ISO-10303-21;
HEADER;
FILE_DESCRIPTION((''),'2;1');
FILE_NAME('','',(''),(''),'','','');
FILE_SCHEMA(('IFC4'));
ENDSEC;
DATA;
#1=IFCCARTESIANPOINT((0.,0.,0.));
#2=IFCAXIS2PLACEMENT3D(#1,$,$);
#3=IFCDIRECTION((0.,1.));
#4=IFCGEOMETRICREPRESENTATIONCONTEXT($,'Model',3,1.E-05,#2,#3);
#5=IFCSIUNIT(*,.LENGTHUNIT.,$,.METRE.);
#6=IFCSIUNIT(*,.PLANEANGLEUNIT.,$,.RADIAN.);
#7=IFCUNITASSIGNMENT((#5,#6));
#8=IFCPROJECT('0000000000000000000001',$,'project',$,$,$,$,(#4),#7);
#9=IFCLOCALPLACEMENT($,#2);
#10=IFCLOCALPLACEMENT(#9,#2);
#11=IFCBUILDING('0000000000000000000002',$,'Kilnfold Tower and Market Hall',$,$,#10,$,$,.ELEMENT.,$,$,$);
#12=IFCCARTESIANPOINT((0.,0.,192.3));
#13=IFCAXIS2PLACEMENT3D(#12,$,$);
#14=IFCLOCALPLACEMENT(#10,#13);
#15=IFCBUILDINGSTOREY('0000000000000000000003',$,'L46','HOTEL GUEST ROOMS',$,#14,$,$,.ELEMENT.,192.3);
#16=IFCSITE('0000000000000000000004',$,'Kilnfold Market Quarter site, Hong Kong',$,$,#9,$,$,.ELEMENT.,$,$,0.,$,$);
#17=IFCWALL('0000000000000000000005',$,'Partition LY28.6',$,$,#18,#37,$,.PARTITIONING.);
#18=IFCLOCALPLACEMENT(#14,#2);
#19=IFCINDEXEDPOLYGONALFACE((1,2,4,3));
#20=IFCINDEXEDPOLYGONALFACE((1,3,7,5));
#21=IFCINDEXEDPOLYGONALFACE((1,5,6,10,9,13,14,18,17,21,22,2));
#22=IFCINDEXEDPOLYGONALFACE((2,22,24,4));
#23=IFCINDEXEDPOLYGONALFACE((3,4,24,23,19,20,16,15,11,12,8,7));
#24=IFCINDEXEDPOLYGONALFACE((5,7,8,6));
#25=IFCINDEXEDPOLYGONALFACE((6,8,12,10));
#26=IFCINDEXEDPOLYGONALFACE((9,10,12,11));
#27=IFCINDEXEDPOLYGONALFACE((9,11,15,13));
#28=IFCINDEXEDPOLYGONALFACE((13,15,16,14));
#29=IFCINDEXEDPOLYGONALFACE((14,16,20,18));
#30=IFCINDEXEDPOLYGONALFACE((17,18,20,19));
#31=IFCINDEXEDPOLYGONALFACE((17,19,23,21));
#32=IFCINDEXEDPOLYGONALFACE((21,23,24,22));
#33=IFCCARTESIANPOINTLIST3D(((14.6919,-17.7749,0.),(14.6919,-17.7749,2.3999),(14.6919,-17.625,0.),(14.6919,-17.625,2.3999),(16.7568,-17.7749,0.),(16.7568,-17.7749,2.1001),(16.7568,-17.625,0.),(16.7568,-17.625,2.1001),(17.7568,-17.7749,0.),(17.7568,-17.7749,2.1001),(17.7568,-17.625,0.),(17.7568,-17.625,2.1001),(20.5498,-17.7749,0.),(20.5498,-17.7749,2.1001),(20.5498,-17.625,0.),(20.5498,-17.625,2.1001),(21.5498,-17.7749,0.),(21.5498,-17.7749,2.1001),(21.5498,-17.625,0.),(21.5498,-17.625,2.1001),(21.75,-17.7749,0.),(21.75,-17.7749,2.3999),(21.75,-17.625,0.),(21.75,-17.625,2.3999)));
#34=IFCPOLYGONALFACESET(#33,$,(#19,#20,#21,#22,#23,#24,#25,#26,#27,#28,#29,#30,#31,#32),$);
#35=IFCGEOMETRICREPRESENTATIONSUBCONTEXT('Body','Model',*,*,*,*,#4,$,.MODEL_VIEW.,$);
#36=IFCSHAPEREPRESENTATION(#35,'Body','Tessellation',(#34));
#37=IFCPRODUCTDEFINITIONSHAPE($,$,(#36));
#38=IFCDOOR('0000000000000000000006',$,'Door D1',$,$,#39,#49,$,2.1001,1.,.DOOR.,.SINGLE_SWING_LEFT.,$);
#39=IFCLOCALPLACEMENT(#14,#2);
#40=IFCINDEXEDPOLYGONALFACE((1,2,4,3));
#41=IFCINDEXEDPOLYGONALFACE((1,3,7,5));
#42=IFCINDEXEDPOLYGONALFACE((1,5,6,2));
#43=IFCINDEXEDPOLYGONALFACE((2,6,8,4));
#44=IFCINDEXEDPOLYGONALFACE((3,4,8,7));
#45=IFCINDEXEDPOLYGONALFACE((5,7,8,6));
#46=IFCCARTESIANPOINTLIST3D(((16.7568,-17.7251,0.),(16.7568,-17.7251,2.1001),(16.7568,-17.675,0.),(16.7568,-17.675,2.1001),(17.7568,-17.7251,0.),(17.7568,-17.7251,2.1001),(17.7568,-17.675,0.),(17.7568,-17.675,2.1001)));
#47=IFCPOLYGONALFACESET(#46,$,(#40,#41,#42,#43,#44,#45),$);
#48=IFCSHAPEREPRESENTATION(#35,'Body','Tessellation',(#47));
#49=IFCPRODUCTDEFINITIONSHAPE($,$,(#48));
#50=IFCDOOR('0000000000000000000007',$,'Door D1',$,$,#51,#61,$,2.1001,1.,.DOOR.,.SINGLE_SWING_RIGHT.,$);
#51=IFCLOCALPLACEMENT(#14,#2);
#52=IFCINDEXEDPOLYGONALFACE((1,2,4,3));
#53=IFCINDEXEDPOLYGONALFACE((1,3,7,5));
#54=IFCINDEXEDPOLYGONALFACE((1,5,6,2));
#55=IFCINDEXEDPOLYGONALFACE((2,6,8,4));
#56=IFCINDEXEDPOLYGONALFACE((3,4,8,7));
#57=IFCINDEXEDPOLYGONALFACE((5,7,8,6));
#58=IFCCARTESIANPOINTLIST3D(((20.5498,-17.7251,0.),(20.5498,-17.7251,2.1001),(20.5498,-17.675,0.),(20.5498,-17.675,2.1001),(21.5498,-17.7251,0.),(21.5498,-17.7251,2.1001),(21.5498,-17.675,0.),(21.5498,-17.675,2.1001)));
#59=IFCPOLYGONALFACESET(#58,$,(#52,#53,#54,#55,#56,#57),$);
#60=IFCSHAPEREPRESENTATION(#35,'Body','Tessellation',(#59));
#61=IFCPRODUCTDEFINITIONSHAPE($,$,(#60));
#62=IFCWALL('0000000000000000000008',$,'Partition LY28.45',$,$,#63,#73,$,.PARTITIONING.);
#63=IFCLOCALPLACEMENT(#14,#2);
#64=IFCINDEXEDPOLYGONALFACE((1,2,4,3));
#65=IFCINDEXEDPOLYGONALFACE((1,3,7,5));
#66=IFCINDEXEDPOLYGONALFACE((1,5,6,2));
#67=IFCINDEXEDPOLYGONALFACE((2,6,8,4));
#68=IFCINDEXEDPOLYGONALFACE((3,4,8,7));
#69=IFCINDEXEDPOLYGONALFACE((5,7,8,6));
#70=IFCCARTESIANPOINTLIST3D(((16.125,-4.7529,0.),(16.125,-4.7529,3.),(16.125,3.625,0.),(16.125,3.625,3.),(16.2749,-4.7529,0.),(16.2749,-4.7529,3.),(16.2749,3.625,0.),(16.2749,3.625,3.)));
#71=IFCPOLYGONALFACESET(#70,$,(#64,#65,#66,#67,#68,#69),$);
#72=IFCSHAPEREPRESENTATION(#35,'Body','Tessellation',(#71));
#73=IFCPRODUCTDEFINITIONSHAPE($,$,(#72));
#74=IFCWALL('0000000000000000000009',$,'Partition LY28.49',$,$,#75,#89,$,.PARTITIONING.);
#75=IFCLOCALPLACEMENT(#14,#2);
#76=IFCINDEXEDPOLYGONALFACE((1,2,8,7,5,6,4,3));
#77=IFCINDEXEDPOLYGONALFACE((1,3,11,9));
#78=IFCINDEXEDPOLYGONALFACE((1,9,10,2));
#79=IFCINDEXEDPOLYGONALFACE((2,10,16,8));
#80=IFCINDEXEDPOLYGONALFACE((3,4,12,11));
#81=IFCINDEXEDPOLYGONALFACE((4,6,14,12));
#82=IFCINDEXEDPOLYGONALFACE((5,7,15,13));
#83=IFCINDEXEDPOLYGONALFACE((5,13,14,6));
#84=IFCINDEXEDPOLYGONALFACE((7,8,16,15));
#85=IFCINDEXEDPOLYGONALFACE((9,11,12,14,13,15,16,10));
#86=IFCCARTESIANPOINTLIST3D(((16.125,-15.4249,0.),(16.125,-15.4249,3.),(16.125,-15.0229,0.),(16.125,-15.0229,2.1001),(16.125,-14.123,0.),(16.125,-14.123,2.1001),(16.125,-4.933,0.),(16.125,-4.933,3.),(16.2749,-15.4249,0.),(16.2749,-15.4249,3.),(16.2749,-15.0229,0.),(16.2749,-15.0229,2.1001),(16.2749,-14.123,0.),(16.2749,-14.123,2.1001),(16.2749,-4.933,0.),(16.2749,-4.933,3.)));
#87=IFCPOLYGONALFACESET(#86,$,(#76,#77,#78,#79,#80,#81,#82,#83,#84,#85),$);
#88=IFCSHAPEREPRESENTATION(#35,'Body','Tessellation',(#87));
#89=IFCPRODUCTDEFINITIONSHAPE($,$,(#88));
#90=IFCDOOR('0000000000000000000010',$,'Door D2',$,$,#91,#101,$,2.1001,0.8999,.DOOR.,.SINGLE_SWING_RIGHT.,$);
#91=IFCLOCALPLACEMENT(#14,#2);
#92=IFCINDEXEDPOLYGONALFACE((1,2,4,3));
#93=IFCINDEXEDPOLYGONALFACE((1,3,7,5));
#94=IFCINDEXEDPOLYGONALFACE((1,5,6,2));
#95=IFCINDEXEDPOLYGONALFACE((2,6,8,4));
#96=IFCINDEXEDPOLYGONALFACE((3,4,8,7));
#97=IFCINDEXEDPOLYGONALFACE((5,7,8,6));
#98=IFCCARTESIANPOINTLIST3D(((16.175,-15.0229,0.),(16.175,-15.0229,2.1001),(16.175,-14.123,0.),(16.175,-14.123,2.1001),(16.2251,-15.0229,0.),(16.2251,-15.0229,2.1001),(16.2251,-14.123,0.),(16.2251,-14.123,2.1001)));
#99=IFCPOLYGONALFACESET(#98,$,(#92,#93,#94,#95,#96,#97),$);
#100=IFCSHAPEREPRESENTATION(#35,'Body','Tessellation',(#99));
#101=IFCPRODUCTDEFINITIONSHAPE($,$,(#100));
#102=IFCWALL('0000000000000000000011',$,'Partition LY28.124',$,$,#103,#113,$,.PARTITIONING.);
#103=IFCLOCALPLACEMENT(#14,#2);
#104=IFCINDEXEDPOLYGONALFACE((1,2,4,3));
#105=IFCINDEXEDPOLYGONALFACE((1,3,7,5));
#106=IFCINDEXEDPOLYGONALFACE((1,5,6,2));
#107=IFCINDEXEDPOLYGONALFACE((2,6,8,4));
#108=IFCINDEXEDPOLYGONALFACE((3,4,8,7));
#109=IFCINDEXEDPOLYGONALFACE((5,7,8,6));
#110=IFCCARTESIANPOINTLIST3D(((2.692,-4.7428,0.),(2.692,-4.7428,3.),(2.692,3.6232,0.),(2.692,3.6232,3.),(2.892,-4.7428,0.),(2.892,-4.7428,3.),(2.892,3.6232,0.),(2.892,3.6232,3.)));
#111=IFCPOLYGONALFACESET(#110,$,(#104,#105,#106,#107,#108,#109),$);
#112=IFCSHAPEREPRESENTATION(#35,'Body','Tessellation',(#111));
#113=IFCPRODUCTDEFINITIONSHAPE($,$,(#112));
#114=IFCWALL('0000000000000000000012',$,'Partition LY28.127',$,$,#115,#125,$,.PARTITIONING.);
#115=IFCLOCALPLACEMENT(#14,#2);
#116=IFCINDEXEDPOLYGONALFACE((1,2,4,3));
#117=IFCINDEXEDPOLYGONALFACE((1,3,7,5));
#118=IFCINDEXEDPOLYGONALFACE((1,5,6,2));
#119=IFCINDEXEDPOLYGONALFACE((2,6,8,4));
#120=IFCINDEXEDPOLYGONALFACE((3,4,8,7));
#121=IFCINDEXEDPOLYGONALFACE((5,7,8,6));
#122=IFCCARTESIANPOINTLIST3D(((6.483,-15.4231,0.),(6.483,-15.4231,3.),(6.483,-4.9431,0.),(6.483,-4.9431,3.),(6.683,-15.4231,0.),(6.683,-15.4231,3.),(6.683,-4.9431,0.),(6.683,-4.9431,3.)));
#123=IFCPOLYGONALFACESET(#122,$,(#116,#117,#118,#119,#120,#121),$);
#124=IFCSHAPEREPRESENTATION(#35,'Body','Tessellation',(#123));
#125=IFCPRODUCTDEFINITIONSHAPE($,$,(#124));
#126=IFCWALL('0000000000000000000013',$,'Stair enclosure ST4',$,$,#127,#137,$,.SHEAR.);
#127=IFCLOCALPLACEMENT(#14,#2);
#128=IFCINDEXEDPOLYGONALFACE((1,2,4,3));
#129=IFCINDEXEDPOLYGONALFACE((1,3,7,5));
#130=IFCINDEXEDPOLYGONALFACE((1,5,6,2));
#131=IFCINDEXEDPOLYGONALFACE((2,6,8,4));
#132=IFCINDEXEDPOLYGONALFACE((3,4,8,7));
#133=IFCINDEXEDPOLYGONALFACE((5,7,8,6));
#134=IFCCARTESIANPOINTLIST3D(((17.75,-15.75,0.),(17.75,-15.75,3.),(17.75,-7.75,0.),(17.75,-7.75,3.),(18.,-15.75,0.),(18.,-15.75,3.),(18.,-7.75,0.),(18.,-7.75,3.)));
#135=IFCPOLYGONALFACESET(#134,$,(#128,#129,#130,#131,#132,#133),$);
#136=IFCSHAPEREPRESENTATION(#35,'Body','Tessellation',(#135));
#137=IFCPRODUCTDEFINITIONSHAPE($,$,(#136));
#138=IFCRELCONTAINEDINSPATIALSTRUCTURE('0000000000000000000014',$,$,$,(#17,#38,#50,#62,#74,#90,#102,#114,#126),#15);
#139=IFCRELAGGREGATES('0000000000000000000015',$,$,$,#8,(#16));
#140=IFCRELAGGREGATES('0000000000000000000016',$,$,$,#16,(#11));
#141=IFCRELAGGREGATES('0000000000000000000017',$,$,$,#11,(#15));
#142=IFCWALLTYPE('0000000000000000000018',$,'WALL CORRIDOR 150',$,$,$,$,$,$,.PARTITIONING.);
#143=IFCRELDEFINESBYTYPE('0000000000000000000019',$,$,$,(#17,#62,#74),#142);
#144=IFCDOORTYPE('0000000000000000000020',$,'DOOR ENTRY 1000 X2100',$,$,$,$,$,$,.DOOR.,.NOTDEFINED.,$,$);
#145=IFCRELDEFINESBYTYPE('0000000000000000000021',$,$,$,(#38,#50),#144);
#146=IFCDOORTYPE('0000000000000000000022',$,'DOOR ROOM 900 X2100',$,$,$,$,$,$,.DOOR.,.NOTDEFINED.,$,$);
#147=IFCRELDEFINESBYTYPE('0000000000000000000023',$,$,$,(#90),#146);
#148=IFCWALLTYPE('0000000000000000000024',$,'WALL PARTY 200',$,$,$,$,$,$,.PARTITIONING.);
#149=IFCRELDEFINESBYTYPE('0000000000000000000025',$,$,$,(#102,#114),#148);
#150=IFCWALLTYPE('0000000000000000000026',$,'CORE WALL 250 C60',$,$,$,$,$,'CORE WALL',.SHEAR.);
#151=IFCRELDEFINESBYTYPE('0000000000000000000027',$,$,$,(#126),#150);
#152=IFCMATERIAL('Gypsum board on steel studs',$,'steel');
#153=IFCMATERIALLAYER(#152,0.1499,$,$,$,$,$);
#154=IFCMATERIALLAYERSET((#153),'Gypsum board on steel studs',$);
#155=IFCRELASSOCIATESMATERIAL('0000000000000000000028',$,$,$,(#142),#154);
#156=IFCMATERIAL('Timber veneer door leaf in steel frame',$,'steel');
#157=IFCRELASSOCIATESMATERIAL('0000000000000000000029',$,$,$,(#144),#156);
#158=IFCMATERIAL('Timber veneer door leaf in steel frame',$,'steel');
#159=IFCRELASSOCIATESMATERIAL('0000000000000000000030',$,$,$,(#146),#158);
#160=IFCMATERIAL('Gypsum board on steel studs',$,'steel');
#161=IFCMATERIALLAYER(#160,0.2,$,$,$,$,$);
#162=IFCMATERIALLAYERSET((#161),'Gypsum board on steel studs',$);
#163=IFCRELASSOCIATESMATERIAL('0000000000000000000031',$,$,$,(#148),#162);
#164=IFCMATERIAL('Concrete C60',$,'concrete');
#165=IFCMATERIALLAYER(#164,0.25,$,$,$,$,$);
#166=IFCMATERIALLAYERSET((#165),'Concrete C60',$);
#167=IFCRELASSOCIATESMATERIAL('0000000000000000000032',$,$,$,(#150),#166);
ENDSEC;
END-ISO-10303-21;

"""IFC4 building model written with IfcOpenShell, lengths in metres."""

from ifc_helpers import new_model, si_unit, direction, frame, frame_2d, origin, place, context, subcontext, project, spatial, rectangle, extrude, source, transform, mapped, material, layer, layer_set, type_object, element, fill, save


model = new_model("IFC4")

# Units and contexts
model_context = context("Model", 3, precision=1e-05, world=origin(), true_north=direction((0.0, 1.0)))
body_context = subcontext(model_context, "Body", "Model", "MODEL_VIEW")
ifc_project = project(units=[si_unit("LENGTHUNIT", "METRE"), si_unit("PLANEANGLEUNIT", "RADIAN")], contexts=[model_context])

# Site, building, storey
site_placement = place(None, origin())
site = spatial("IfcSite", under=ifc_project, at=site_placement, Name="Kilnfold Market Quarter site, Hong Kong", CompositionType="ELEMENT", RefElevation=0.0)
building_placement = place(site_placement, origin())
building = spatial("IfcBuilding", under=site, at=building_placement, Name="Kilnfold Tower and Market Hall", CompositionType="ELEMENT")
storey_placement = place(building_placement, frame((0.0, 0.0, 192.3)))
storey = spatial("IfcBuildingStorey", under=building, at=storey_placement, Name="L46", Description="HOTEL GUEST ROOMS", CompositionType="ELEMENT", Elevation=192.3)

# Wall, openings, doors
ifc_material_1 = material(Name="Gypsum board on steel studs", Category="steel")
ifc_layer_1 = layer(ifc_material_1, 0.1499)
ifc_layer_set_1 = layer_set([ifc_layer_1], Name="Gypsum board on steel studs")
wall_type_1 = type_object("IfcWallType", Name="WALL CORRIDOR 150", PredefinedType="PARTITIONING", material=ifc_layer_set_1)
ifc_material_2 = material(Name="Timber veneer door leaf in steel frame", Category="steel")
door_type_1 = type_object("IfcDoorType", Name="DOOR ENTRY 1000 X2100", OperationType="NOTDEFINED", PredefinedType="DOOR", material=ifc_material_2)
wall_1_placement = place(storey_placement, frame((14.6919, -17.7, 0.0), z_axis=(0.0, 0.0, 1.0), x_axis=(1.0, 0.0, 0.0)))
wall_1 = element("IfcWall", 1, at=wall_1_placement, inside=storey, type_object=wall_type_1, Name="Partition LY28.6", PredefinedType="PARTITIONING", context=body_context, shape_type="SweptSolid", body=[
    extrude(rectangle(XDim=7.0581, YDim=0.1499, at=frame_2d((3.5291, 0.0))), origin(), (0.0, 0.0, 1.0), 2.3999),
])
opening_1_placement = place(wall_1_placement, frame((2.0649, 0.0, 0.0)))
opening_1 = element("IfcOpeningElement", 2, at=opening_1_placement, cuts=wall_1, PredefinedType="OPENING", context=body_context, shape_type="SweptSolid", body=[
    extrude(rectangle(XDim=1.0, YDim=2.1001, at=frame_2d((0.5, 1.05))), frame((0.0, 0.085, 0.0), z_axis=(0.0, -1.0, 0.0), x_axis=(1.0, 0.0, 0.0)), (0.0, 0.0, 1.0), 0.1699),
])
opening_2_placement = place(wall_1_placement, frame((5.8579, 0.0, 0.0)))
opening_2 = element("IfcOpeningElement", 3, at=opening_2_placement, cuts=wall_1, PredefinedType="OPENING", context=body_context, shape_type="SweptSolid", body=[
    extrude(rectangle(XDim=1.0, YDim=2.1001, at=frame_2d((0.5, 1.05))), frame((0.0, 0.085, 0.0), z_axis=(0.0, -1.0, 0.0), x_axis=(1.0, 0.0, 0.0)), (0.0, 0.0, 1.0), 0.1699),
])
door_1_placement = place(opening_1_placement, origin())
door_1 = element("IfcDoor", 4, at=door_1_placement, inside=storey, type_object=door_type_1, Name="Door D1", OperationType="SINGLE_SWING_LEFT", OverallHeight=2.1001, OverallWidth=1.0, PredefinedType="DOOR", context=body_context, shape_type="SweptSolid", body=[
    extrude(rectangle(XDim=1.0, YDim=2.1001, at=frame_2d((0.5, 1.05))), frame((0.0, 0.0249, 0.0), z_axis=(0.0, -1.0, 0.0), x_axis=(1.0, 0.0, 0.0)), (0.0, 0.0, 1.0), 0.05),
])
fill(opening_1, door_1)
door_2_placement = place(opening_2_placement, origin())
door_2 = element("IfcDoor", 5, at=door_2_placement, inside=storey, type_object=door_type_1, Name="Door D1", OperationType="SINGLE_SWING_RIGHT", OverallHeight=2.1001, OverallWidth=1.0, PredefinedType="DOOR", context=body_context, shape_type="SweptSolid", body=[
    extrude(rectangle(XDim=1.0, YDim=2.1001, at=frame_2d((0.5, 1.05))), frame((0.0, 0.0249, 0.0), z_axis=(0.0, -1.0, 0.0), x_axis=(1.0, 0.0, 0.0)), (0.0, 0.0, 1.0), 0.05),
])
fill(opening_2, door_2)

# Wall
wall_2_placement = place(storey_placement, frame((16.2, -4.7529, 0.0), z_axis=(0.0, 0.0, 1.0), x_axis=(0.0, 1.0, 0.0)))
element("IfcWall", 6, at=wall_2_placement, inside=storey, type_object=wall_type_1, Name="Partition LY28.45", PredefinedType="PARTITIONING", context=body_context, shape_type="SweptSolid", body=[
    extrude(rectangle(XDim=8.3779, YDim=0.1499, at=frame_2d((4.189, 0.0))), origin(), (0.0, 0.0, 1.0), 3.0),
])

# Wall, opening, door
wall_3_placement = place(storey_placement, frame((16.2, -15.425, 0.0), z_axis=(0.0, 0.0, 1.0), x_axis=(0.0, 1.0, 0.0)))
wall_3 = element("IfcWall", 7, at=wall_3_placement, inside=storey, type_object=wall_type_1, Name="Partition LY28.49", PredefinedType="PARTITIONING", context=body_context, shape_type="SweptSolid", body=[
    extrude(rectangle(XDim=10.4919, YDim=0.1499, at=frame_2d((5.2461, 0.0))), origin(), (0.0, 0.0, 1.0), 3.0),
])
opening_3_placement = place(wall_3_placement, frame((0.4021, 0.0, 0.0)))
opening_3 = element("IfcOpeningElement", 8, at=opening_3_placement, cuts=wall_3, PredefinedType="OPENING", context=body_context, shape_type="SweptSolid", body=[
    extrude(rectangle(XDim=0.8999, YDim=2.1001, at=frame_2d((0.45, 1.05))), frame((0.0, 0.085, 0.0), z_axis=(0.0, -1.0, 0.0), x_axis=(1.0, 0.0, 0.0)), (0.0, 0.0, 1.0), 0.1699),
])
ifc_material_3 = material(Name="Timber veneer door leaf in steel frame", Category="steel")
door_type_2 = type_object("IfcDoorType", Name="DOOR ROOM 900 X2100", OperationType="NOTDEFINED", PredefinedType="DOOR", material=ifc_material_3)
door_3_placement = place(opening_3_placement, origin())
door_3 = element("IfcDoor", 9, at=door_3_placement, inside=storey, type_object=door_type_2, Name="Door D2", OperationType="SINGLE_SWING_RIGHT", OverallHeight=2.1001, OverallWidth=0.8999, PredefinedType="DOOR", context=body_context, shape_type="SweptSolid", body=[
    extrude(rectangle(XDim=0.8999, YDim=2.1001, at=frame_2d((0.45, 1.05))), frame((0.0, 0.0249, 0.0), z_axis=(0.0, -1.0, 0.0), x_axis=(1.0, 0.0, 0.0)), (0.0, 0.0, 1.0), 0.05),
])
fill(opening_3, door_3)

# Walls
ifc_material_4 = material(Name="Gypsum board on steel studs", Category="steel")
ifc_layer_2 = layer(ifc_material_4, 0.2)
ifc_layer_set_2 = layer_set([ifc_layer_2], Name="Gypsum board on steel studs")
wall_type_2 = type_object("IfcWallType", Name="WALL PARTY 200", PredefinedType="PARTITIONING", material=ifc_layer_set_2)
wall_4_placement = place(storey_placement, frame((2.792, -4.7429, 0.0), z_axis=(0.0, 0.0, 1.0), x_axis=(0.0, 1.0, 0.0)))
element("IfcWall", 10, at=wall_4_placement, inside=storey, type_object=wall_type_2, Name="Partition LY28.124", PredefinedType="PARTITIONING", context=body_context, shape_type="SweptSolid", body=[
    extrude(rectangle(XDim=8.366, YDim=0.2, at=frame_2d((4.1831, 0.0))), origin(), (0.0, 0.0, 1.0), 3.0),
])
wall_5_placement = place(storey_placement, frame((6.583, -15.4231, 0.0), z_axis=(0.0, 0.0, 1.0), x_axis=(0.0, 1.0, 0.0)))
element("IfcWall", 11, at=wall_5_placement, inside=storey, type_object=wall_type_2, Name="Partition LY28.127", PredefinedType="PARTITIONING", context=body_context, shape_type="SweptSolid", body=[
    extrude(rectangle(XDim=10.48, YDim=0.2, at=frame_2d((5.24, 0.0))), origin(), (0.0, 0.0, 1.0), 3.0),
])
ifc_material_5 = material(Name="Concrete C60", Category="concrete")
ifc_layer_3 = layer(ifc_material_5, 0.25)
ifc_layer_set_3 = layer_set([ifc_layer_3], Name="Concrete C60")
wall_type_3 = type_object("IfcWallType", Name="CORE WALL 250 C60", ElementType="CORE WALL", PredefinedType="SHEAR", material=ifc_layer_set_3)
shared_shape_1 = source(origin(), body_context, "Body", "SweptSolid", [
    extrude(rectangle(XDim=8.0, YDim=0.25, at=frame_2d((4.0, 0.0))), origin(), (0.0, 0.0, 1.0), 3.0),
])
wall_6_placement = place(storey_placement, frame((17.875, -15.75, 0.0), z_axis=(0.0, 0.0, 1.0), x_axis=(0.0, 1.0, 0.0)))
element("IfcWall", 12, at=wall_6_placement, inside=storey, type_object=wall_type_3, Name="Stair enclosure ST4", PredefinedType="SHEAR", context=body_context, shape_type="MappedRepresentation", body=[
    mapped(shared_shape_1, transform((0.0, 0.0, 0.0))),
])

save(model, "model.ifc")
